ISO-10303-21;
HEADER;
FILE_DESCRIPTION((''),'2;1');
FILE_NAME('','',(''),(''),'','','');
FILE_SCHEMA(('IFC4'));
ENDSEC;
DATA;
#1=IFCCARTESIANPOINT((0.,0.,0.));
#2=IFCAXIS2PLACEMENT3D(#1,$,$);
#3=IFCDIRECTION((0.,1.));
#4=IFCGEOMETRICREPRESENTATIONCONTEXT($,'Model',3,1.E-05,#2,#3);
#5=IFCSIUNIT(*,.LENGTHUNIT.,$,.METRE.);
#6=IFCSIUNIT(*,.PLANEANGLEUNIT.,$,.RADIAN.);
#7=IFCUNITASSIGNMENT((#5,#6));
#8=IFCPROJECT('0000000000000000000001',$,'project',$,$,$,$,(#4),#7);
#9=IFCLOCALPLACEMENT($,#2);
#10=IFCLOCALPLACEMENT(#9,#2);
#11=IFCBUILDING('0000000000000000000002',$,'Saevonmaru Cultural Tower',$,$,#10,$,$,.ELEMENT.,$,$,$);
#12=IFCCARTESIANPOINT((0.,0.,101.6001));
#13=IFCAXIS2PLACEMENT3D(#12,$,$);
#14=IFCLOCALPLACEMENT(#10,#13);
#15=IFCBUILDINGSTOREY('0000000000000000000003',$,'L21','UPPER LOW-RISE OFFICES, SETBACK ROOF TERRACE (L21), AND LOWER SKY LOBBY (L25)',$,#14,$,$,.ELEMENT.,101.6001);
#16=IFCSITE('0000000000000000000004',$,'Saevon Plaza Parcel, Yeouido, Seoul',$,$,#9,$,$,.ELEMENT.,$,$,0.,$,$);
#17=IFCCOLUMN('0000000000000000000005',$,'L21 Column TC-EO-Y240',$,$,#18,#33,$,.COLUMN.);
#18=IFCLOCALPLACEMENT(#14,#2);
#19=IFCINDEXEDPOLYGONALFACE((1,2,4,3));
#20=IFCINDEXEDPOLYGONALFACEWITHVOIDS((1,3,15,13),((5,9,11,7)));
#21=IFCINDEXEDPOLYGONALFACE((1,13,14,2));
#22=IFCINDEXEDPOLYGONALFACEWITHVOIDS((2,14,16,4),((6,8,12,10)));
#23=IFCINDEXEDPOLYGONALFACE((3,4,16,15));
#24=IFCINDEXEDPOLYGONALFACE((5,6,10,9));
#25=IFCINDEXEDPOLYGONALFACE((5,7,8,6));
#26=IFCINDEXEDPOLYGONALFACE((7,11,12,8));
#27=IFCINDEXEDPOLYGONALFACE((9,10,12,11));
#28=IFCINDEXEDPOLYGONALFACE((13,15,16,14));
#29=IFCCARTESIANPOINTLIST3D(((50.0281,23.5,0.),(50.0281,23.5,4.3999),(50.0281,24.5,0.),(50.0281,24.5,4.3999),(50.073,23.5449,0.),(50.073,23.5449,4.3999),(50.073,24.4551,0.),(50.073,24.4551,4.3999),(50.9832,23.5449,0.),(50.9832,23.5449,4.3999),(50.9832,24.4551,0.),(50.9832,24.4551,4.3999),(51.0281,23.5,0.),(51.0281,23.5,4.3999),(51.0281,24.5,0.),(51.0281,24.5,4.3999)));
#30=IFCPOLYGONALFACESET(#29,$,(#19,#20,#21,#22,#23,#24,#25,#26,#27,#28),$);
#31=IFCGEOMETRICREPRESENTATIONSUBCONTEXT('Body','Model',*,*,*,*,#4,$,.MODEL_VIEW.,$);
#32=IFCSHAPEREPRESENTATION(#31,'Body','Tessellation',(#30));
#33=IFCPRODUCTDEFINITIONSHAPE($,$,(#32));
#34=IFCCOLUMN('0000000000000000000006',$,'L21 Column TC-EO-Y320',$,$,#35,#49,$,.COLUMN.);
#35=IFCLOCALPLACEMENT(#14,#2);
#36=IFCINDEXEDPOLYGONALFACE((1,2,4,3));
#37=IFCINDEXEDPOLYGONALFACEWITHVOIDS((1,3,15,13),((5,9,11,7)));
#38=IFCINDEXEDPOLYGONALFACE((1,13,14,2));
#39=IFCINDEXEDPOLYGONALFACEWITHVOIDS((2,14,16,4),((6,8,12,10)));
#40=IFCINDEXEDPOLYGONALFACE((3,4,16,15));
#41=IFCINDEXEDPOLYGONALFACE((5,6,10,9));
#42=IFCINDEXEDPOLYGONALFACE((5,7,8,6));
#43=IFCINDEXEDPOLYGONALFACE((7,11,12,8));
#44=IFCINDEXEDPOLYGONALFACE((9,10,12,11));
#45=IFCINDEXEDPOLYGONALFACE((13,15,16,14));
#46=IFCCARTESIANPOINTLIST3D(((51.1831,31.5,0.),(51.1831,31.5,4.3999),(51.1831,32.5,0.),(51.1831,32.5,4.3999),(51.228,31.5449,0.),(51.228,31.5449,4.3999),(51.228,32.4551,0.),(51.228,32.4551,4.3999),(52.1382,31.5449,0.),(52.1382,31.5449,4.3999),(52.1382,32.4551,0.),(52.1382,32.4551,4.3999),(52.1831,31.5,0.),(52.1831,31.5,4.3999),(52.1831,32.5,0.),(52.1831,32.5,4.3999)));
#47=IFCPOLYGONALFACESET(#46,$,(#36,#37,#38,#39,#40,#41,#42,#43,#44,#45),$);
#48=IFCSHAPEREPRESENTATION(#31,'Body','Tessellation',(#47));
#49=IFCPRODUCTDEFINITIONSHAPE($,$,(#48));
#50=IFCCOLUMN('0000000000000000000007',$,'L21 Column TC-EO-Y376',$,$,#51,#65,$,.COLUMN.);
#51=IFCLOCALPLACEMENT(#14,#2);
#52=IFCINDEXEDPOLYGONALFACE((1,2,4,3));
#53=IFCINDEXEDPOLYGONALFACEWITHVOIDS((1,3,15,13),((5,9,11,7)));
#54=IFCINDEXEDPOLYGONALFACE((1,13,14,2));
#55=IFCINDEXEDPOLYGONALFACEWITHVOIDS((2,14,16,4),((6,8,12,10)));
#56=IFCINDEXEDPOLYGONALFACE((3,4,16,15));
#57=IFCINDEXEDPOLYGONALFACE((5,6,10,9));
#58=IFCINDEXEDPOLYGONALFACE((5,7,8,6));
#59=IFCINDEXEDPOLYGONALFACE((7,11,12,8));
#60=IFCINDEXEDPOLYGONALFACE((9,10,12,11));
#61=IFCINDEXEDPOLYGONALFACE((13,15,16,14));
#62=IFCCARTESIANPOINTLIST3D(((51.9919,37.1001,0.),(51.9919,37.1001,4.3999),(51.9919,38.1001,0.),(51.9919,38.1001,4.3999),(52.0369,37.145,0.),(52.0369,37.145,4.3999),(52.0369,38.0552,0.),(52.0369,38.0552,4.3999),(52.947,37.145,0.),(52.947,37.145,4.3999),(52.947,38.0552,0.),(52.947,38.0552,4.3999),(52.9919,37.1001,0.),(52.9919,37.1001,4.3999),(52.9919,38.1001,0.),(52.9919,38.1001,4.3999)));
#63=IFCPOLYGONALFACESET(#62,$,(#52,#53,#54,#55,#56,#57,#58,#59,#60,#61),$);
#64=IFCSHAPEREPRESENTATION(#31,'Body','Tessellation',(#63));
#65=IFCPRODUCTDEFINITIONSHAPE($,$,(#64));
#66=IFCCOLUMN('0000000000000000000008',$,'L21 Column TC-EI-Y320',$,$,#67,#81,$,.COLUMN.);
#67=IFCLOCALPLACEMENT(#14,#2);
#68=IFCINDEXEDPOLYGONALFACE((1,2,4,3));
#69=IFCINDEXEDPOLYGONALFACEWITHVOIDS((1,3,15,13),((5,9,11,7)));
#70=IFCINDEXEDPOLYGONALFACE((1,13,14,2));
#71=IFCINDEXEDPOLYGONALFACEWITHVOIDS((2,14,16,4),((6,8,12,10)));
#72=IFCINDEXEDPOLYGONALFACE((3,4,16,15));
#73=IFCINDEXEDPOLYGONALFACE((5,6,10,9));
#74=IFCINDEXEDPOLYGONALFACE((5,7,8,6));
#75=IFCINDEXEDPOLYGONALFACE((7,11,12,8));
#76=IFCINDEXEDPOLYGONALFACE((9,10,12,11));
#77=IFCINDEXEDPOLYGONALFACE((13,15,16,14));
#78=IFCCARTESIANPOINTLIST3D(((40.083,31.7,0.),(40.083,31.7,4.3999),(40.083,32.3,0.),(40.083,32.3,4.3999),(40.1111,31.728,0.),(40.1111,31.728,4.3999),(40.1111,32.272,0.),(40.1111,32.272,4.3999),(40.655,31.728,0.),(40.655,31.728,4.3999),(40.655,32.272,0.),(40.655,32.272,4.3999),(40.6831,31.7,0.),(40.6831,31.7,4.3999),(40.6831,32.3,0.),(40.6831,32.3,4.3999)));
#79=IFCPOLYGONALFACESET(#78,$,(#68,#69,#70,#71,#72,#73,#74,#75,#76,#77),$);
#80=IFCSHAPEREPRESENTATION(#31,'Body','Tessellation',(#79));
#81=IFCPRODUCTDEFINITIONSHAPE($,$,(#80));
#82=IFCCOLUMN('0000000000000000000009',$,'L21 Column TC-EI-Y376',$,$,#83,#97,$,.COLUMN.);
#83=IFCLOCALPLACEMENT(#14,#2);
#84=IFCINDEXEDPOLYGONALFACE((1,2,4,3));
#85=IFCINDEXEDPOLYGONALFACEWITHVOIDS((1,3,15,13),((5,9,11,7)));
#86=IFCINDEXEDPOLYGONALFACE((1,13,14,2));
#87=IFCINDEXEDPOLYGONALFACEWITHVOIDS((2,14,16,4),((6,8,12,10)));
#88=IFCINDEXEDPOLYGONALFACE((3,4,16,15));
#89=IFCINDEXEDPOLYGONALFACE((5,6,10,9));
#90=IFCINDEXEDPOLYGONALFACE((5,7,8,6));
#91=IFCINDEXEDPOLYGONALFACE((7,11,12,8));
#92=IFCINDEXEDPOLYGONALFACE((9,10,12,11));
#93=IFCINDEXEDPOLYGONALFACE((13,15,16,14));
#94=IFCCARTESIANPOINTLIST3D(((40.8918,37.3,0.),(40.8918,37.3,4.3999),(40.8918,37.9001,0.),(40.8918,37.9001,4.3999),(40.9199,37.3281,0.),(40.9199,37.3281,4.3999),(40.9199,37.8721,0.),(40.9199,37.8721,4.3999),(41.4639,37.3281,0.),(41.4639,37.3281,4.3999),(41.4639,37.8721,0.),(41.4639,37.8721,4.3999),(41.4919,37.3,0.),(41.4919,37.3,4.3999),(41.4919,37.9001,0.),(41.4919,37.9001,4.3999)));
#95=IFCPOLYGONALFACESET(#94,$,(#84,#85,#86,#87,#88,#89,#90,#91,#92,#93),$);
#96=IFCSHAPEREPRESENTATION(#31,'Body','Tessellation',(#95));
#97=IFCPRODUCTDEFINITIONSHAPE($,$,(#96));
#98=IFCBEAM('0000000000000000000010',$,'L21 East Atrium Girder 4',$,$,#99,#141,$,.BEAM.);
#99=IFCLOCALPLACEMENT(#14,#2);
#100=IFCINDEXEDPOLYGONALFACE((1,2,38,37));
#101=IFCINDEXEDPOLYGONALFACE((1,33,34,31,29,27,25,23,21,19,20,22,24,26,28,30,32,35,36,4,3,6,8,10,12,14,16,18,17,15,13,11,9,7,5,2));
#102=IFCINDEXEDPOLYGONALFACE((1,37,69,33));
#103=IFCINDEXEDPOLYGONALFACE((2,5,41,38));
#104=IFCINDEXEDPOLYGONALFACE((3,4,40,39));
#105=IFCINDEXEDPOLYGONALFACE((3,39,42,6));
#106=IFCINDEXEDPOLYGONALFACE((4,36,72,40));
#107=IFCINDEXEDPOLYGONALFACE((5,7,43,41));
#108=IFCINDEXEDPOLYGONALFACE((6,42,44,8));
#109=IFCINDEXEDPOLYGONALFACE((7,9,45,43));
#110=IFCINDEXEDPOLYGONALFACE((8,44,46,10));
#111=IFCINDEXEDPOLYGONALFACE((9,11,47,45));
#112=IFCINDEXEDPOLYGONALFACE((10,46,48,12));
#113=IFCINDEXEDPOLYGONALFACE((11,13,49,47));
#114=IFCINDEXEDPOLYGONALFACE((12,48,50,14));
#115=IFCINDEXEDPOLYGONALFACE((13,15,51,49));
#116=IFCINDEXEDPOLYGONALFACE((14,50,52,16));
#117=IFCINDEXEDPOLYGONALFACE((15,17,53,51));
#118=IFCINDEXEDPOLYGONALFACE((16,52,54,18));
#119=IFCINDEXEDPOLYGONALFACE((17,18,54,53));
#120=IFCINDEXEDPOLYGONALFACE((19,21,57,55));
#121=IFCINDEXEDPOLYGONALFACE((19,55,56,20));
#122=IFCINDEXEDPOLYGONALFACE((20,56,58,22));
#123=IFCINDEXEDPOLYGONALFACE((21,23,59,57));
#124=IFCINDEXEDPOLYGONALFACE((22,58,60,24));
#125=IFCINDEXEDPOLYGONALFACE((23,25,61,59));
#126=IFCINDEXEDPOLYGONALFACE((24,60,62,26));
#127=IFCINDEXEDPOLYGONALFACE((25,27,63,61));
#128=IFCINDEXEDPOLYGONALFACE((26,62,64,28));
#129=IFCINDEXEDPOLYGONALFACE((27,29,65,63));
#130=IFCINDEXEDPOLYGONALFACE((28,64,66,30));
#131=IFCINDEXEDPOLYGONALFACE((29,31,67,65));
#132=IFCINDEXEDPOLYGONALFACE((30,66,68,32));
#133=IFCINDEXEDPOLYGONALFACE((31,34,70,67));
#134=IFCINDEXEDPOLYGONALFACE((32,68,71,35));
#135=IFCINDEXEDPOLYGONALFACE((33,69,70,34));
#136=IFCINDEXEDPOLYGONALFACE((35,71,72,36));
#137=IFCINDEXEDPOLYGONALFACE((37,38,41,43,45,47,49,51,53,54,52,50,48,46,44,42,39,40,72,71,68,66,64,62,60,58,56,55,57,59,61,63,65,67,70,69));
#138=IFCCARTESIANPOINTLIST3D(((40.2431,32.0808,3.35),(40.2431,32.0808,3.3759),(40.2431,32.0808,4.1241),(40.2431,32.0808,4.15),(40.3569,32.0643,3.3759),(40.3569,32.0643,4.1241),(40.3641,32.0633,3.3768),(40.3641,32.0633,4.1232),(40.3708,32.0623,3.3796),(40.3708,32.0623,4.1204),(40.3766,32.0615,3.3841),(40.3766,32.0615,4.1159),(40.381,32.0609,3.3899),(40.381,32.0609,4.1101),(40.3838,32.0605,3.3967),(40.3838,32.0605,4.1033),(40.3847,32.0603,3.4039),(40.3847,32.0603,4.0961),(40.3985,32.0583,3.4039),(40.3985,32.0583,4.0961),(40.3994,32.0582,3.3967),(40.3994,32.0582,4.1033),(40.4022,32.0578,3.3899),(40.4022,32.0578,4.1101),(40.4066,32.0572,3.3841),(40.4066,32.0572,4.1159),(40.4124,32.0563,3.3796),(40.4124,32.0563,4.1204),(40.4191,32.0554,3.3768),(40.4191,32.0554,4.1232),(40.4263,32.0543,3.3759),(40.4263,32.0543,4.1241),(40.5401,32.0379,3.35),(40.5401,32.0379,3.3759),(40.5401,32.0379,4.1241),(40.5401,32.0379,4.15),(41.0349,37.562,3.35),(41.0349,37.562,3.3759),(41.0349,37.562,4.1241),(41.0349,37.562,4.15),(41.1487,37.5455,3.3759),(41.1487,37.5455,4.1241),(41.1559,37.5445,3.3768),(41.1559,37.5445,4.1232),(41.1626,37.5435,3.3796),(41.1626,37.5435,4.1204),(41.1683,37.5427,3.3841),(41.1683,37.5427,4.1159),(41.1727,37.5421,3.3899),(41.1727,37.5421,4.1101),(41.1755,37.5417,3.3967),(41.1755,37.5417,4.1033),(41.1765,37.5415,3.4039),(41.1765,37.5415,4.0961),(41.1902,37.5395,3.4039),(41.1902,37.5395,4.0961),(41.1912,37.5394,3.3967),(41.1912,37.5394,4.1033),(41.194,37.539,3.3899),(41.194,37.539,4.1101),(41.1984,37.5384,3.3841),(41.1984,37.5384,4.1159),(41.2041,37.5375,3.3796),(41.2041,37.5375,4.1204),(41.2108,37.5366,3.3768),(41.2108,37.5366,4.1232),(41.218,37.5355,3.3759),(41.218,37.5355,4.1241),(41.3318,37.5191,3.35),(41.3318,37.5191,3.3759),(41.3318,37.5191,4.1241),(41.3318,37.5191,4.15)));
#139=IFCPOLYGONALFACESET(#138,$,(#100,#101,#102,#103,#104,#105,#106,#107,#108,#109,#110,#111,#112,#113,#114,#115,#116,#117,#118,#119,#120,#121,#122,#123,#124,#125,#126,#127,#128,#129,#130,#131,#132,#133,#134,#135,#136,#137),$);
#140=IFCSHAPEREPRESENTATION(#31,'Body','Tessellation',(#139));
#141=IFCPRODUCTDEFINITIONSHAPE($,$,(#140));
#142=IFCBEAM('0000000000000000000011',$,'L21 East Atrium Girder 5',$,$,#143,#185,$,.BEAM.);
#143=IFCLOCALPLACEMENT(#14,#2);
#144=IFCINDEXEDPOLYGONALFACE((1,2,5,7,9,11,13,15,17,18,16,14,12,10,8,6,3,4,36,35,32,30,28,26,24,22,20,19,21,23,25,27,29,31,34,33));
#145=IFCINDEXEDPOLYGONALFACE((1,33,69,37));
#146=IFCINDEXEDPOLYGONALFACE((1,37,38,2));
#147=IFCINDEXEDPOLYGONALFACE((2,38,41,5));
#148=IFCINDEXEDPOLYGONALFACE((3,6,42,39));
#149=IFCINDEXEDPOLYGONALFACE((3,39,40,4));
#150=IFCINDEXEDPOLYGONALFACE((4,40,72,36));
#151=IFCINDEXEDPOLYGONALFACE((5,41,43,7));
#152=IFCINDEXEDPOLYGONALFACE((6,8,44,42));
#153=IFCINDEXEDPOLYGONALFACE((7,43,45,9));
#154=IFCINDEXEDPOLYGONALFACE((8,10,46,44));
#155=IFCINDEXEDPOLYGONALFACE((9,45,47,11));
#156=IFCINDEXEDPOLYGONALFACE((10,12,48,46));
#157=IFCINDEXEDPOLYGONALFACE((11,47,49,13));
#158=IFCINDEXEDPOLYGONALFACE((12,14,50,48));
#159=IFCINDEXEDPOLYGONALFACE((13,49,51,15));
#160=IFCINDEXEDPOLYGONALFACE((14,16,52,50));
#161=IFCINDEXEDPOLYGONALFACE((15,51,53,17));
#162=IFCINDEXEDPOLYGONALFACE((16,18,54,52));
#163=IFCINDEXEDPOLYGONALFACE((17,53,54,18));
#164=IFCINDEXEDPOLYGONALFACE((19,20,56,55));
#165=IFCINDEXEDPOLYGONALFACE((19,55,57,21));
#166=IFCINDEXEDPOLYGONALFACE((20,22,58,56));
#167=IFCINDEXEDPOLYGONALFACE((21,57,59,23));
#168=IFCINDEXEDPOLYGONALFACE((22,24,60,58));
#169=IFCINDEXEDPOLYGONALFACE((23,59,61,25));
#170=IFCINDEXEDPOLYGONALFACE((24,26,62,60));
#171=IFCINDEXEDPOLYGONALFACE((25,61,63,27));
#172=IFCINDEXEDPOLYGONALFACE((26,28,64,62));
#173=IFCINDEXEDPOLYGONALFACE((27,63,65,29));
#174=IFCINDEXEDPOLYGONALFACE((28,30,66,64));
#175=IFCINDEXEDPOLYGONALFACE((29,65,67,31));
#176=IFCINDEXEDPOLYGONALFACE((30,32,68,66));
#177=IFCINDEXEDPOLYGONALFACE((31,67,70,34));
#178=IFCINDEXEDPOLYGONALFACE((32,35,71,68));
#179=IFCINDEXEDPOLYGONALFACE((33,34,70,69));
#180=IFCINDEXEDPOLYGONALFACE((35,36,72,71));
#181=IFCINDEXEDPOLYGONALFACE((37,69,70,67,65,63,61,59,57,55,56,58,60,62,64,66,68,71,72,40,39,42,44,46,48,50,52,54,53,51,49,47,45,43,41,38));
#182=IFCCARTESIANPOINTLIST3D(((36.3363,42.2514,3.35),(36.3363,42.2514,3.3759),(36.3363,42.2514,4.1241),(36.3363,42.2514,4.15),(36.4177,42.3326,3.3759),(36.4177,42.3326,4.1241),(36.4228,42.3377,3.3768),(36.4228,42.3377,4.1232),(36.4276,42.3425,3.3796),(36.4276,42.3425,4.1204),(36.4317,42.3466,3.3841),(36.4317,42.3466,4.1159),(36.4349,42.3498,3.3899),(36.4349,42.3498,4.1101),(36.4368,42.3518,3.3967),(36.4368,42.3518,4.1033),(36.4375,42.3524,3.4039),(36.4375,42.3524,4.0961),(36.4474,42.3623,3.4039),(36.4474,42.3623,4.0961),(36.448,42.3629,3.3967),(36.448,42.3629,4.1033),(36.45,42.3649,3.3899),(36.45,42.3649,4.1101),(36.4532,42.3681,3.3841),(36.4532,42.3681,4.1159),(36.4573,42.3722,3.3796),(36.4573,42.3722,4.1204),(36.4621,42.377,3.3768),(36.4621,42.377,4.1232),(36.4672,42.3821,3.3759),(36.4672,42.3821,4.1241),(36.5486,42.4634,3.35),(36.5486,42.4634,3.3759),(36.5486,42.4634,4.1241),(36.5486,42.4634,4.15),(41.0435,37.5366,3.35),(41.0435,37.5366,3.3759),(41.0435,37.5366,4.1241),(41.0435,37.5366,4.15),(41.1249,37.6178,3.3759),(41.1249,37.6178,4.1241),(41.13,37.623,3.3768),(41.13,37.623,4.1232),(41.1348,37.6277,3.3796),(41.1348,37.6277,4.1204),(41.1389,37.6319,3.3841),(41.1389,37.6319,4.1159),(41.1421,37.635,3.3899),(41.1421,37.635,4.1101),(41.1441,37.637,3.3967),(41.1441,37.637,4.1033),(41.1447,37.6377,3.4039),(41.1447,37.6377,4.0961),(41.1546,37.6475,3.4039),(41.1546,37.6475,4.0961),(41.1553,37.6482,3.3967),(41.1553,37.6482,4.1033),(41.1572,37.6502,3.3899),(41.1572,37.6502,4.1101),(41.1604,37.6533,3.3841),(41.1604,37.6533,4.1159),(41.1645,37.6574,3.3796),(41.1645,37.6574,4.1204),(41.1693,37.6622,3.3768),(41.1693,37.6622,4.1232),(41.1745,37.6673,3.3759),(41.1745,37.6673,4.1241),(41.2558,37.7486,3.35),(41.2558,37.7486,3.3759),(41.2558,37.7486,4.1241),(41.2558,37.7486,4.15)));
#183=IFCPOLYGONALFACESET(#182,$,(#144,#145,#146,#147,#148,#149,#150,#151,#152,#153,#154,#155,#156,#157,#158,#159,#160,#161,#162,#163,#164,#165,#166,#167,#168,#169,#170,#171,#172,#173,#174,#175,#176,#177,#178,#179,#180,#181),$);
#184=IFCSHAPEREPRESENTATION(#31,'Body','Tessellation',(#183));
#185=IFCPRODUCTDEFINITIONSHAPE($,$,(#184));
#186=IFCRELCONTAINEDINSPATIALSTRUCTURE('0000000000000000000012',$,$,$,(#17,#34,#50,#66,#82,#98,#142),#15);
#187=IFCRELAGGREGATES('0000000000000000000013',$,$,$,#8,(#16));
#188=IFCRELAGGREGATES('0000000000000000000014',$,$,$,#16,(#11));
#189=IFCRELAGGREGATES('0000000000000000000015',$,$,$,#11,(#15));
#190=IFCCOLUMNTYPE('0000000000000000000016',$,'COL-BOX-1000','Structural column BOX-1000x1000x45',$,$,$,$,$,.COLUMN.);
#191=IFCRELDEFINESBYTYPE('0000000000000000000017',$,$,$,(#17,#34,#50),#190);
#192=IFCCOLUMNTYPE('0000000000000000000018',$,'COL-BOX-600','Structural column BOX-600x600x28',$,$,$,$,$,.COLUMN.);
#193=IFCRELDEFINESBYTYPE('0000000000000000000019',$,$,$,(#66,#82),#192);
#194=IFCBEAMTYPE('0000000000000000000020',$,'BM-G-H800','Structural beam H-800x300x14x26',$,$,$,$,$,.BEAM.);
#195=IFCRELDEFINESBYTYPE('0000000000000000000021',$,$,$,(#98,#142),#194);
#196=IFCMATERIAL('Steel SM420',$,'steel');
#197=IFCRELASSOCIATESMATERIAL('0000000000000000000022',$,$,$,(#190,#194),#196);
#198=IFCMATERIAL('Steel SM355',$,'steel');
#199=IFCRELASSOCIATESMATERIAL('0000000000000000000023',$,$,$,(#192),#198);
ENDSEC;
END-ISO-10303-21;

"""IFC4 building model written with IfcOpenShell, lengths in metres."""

from ifc_helpers import new_model, si_unit, direction, frame, origin, origin_2d, place, context, subcontext, project, spatial, hollow_rectangle, i_section, extrude, material, material_profile, profile_set, type_object, element, save


model = new_model("IFC4")

# Units and contexts
model_context = context("Model", 3, precision=1e-05, world=origin(), true_north=direction((0.0, 1.0)))
body_context = subcontext(model_context, "Body", "Model", "MODEL_VIEW")
ifc_project = project(units=[si_unit("LENGTHUNIT", "METRE"), si_unit("PLANEANGLEUNIT", "RADIAN")], contexts=[model_context])

# Site, building, storey
site_placement = place(None, origin())
site = spatial("IfcSite", under=ifc_project, at=site_placement, Name="Saevon Plaza Parcel, Yeouido, Seoul", CompositionType="ELEMENT", RefElevation=0.0)
building_placement = place(site_placement, origin())
building = spatial("IfcBuilding", under=site, at=building_placement, Name="Saevonmaru Cultural Tower", CompositionType="ELEMENT")
storey_placement = place(building_placement, frame((0.0, 0.0, 101.6001)))
storey = spatial("IfcBuildingStorey", under=building, at=storey_placement, Name="L21", Description="UPPER LOW-RISE OFFICES, SETBACK ROOF TERRACE (L21), AND LOWER SKY LOBBY (L25)", CompositionType="ELEMENT", Elevation=101.6001)

# Columns
ifc_material_1 = material(Name="Steel SM420", Category="steel")
ifc_material_profile_1 = material_profile(ifc_material_1, hollow_rectangle(XDim=1.0, YDim=1.0, WallThickness=0.0449, at=origin_2d()), Name="BOX-1000x1000x45")
ifc_profile_set_1 = profile_set([ifc_material_profile_1], Name="Steel SM420")
column_type_1 = type_object("IfcColumnType", Name="COL-BOX-1000", Description="Structural column BOX-1000x1000x45", PredefinedType="COLUMN", material=ifc_profile_set_1)
for number, where, z_axis, x_axis, name in (
    (1, (50.5281, 24.0, 0.0), (0.0, 0.0, 1.0), (1.0, 0.0, 0.0), "L21 Column TC-EO-Y240"),
    (2, (51.6831, 32.0, 0.0), (0.0, 0.0, 1.0), (1.0, 0.0, 0.0), "L21 Column TC-EO-Y320"),
    (3, (52.4919, 37.6001, 0.0), (0.0, 0.0, 1.0), (1.0, 0.0, 0.0), "L21 Column TC-EO-Y376"),
):
    element("IfcColumn", number, at=place(storey_placement, frame(where, z_axis=z_axis, x_axis=x_axis)), inside=storey, type_object=column_type_1, Name=name, PredefinedType="COLUMN", context=body_context, shape_type="SweptSolid", body=[
        extrude(hollow_rectangle(XDim=1.0, YDim=1.0, WallThickness=0.0449, at=origin_2d()), origin(), (0.0, 0.0, 1.0), 4.3999),
    ])
ifc_material_2 = material(Name="Steel SM355", Category="steel")
ifc_material_profile_2 = material_profile(ifc_material_2, hollow_rectangle(XDim=0.6001, YDim=0.6001, WallThickness=0.0281, at=origin_2d()), Name="BOX-600x600x28")
ifc_profile_set_2 = profile_set([ifc_material_profile_2], Name="Steel SM355")
column_type_2 = type_object("IfcColumnType", Name="COL-BOX-600", Description="Structural column BOX-600x600x28", PredefinedType="COLUMN", material=ifc_profile_set_2)
for number, where, z_axis, x_axis, name in (
    (4, (40.3831, 32.0, 0.0), (0.0, 0.0, 1.0), (1.0, 0.0, 0.0), "L21 Column TC-EI-Y320"),
    (5, (41.1919, 37.6001, 0.0), (0.0, 0.0, 1.0), (1.0, 0.0, 0.0), "L21 Column TC-EI-Y376"),
):
    element("IfcColumn", number, at=place(storey_placement, frame(where, z_axis=z_axis, x_axis=x_axis)), inside=storey, type_object=column_type_2, Name=name, PredefinedType="COLUMN", context=body_context, shape_type="SweptSolid", body=[
        extrude(hollow_rectangle(XDim=0.6001, YDim=0.6001, WallThickness=0.0281, at=origin_2d()), origin(), (0.0, 0.0, 1.0), 4.3999),
    ])

# Beams
ifc_material_profile_3 = material_profile(ifc_material_1, i_section(OverallWidth=0.3, OverallDepth=0.8, WebThickness=0.0139, FlangeThickness=0.0259, FilletRadius=0.0281, at=origin_2d()), Name="H-800x300x14x26")
ifc_profile_set_3 = profile_set([ifc_material_profile_3], Name="Steel SM420")
beam_type_1 = type_object("IfcBeamType", Name="BM-G-H800", Description="Structural beam H-800x300x14x26", PredefinedType="BEAM", material=ifc_profile_set_3)
beam_1_placement = place(storey_placement, frame((40.3916, 32.0593, 3.75), z_axis=(0.142964, 0.989728, 0.0), x_axis=(-0.989728, 0.142964, 0.0)))
element("IfcBeam", 6, at=beam_1_placement, inside=storey, type_object=beam_type_1, Name="L21 East Atrium Girder 4", PredefinedType="BEAM", context=body_context, shape_type="SweptSolid", body=[
    extrude(i_section(OverallWidth=0.3, OverallDepth=0.8, WebThickness=0.0139, FlangeThickness=0.0259, FilletRadius=0.0281, at=origin_2d()), origin(), (0.0, 0.0, 1.0), 5.5381),
])
beam_2_placement = place(storey_placement, frame((41.1497, 37.6426, 3.75), z_axis=(-0.706539, 0.707675, 0.0), x_axis=(-0.707675, -0.706539, 0.0)))
element("IfcBeam", 7, at=beam_2_placement, inside=storey, type_object=beam_type_1, Name="L21 East Atrium Girder 5", PredefinedType="BEAM", context=body_context, shape_type="SweptSolid", body=[
    extrude(i_section(OverallWidth=0.3, OverallDepth=0.8, WebThickness=0.0139, FlangeThickness=0.0259, FilletRadius=0.0281, at=origin_2d()), origin(), (0.0, 0.0, 1.0), 6.6624),
])

save(model, "model.ifc")
